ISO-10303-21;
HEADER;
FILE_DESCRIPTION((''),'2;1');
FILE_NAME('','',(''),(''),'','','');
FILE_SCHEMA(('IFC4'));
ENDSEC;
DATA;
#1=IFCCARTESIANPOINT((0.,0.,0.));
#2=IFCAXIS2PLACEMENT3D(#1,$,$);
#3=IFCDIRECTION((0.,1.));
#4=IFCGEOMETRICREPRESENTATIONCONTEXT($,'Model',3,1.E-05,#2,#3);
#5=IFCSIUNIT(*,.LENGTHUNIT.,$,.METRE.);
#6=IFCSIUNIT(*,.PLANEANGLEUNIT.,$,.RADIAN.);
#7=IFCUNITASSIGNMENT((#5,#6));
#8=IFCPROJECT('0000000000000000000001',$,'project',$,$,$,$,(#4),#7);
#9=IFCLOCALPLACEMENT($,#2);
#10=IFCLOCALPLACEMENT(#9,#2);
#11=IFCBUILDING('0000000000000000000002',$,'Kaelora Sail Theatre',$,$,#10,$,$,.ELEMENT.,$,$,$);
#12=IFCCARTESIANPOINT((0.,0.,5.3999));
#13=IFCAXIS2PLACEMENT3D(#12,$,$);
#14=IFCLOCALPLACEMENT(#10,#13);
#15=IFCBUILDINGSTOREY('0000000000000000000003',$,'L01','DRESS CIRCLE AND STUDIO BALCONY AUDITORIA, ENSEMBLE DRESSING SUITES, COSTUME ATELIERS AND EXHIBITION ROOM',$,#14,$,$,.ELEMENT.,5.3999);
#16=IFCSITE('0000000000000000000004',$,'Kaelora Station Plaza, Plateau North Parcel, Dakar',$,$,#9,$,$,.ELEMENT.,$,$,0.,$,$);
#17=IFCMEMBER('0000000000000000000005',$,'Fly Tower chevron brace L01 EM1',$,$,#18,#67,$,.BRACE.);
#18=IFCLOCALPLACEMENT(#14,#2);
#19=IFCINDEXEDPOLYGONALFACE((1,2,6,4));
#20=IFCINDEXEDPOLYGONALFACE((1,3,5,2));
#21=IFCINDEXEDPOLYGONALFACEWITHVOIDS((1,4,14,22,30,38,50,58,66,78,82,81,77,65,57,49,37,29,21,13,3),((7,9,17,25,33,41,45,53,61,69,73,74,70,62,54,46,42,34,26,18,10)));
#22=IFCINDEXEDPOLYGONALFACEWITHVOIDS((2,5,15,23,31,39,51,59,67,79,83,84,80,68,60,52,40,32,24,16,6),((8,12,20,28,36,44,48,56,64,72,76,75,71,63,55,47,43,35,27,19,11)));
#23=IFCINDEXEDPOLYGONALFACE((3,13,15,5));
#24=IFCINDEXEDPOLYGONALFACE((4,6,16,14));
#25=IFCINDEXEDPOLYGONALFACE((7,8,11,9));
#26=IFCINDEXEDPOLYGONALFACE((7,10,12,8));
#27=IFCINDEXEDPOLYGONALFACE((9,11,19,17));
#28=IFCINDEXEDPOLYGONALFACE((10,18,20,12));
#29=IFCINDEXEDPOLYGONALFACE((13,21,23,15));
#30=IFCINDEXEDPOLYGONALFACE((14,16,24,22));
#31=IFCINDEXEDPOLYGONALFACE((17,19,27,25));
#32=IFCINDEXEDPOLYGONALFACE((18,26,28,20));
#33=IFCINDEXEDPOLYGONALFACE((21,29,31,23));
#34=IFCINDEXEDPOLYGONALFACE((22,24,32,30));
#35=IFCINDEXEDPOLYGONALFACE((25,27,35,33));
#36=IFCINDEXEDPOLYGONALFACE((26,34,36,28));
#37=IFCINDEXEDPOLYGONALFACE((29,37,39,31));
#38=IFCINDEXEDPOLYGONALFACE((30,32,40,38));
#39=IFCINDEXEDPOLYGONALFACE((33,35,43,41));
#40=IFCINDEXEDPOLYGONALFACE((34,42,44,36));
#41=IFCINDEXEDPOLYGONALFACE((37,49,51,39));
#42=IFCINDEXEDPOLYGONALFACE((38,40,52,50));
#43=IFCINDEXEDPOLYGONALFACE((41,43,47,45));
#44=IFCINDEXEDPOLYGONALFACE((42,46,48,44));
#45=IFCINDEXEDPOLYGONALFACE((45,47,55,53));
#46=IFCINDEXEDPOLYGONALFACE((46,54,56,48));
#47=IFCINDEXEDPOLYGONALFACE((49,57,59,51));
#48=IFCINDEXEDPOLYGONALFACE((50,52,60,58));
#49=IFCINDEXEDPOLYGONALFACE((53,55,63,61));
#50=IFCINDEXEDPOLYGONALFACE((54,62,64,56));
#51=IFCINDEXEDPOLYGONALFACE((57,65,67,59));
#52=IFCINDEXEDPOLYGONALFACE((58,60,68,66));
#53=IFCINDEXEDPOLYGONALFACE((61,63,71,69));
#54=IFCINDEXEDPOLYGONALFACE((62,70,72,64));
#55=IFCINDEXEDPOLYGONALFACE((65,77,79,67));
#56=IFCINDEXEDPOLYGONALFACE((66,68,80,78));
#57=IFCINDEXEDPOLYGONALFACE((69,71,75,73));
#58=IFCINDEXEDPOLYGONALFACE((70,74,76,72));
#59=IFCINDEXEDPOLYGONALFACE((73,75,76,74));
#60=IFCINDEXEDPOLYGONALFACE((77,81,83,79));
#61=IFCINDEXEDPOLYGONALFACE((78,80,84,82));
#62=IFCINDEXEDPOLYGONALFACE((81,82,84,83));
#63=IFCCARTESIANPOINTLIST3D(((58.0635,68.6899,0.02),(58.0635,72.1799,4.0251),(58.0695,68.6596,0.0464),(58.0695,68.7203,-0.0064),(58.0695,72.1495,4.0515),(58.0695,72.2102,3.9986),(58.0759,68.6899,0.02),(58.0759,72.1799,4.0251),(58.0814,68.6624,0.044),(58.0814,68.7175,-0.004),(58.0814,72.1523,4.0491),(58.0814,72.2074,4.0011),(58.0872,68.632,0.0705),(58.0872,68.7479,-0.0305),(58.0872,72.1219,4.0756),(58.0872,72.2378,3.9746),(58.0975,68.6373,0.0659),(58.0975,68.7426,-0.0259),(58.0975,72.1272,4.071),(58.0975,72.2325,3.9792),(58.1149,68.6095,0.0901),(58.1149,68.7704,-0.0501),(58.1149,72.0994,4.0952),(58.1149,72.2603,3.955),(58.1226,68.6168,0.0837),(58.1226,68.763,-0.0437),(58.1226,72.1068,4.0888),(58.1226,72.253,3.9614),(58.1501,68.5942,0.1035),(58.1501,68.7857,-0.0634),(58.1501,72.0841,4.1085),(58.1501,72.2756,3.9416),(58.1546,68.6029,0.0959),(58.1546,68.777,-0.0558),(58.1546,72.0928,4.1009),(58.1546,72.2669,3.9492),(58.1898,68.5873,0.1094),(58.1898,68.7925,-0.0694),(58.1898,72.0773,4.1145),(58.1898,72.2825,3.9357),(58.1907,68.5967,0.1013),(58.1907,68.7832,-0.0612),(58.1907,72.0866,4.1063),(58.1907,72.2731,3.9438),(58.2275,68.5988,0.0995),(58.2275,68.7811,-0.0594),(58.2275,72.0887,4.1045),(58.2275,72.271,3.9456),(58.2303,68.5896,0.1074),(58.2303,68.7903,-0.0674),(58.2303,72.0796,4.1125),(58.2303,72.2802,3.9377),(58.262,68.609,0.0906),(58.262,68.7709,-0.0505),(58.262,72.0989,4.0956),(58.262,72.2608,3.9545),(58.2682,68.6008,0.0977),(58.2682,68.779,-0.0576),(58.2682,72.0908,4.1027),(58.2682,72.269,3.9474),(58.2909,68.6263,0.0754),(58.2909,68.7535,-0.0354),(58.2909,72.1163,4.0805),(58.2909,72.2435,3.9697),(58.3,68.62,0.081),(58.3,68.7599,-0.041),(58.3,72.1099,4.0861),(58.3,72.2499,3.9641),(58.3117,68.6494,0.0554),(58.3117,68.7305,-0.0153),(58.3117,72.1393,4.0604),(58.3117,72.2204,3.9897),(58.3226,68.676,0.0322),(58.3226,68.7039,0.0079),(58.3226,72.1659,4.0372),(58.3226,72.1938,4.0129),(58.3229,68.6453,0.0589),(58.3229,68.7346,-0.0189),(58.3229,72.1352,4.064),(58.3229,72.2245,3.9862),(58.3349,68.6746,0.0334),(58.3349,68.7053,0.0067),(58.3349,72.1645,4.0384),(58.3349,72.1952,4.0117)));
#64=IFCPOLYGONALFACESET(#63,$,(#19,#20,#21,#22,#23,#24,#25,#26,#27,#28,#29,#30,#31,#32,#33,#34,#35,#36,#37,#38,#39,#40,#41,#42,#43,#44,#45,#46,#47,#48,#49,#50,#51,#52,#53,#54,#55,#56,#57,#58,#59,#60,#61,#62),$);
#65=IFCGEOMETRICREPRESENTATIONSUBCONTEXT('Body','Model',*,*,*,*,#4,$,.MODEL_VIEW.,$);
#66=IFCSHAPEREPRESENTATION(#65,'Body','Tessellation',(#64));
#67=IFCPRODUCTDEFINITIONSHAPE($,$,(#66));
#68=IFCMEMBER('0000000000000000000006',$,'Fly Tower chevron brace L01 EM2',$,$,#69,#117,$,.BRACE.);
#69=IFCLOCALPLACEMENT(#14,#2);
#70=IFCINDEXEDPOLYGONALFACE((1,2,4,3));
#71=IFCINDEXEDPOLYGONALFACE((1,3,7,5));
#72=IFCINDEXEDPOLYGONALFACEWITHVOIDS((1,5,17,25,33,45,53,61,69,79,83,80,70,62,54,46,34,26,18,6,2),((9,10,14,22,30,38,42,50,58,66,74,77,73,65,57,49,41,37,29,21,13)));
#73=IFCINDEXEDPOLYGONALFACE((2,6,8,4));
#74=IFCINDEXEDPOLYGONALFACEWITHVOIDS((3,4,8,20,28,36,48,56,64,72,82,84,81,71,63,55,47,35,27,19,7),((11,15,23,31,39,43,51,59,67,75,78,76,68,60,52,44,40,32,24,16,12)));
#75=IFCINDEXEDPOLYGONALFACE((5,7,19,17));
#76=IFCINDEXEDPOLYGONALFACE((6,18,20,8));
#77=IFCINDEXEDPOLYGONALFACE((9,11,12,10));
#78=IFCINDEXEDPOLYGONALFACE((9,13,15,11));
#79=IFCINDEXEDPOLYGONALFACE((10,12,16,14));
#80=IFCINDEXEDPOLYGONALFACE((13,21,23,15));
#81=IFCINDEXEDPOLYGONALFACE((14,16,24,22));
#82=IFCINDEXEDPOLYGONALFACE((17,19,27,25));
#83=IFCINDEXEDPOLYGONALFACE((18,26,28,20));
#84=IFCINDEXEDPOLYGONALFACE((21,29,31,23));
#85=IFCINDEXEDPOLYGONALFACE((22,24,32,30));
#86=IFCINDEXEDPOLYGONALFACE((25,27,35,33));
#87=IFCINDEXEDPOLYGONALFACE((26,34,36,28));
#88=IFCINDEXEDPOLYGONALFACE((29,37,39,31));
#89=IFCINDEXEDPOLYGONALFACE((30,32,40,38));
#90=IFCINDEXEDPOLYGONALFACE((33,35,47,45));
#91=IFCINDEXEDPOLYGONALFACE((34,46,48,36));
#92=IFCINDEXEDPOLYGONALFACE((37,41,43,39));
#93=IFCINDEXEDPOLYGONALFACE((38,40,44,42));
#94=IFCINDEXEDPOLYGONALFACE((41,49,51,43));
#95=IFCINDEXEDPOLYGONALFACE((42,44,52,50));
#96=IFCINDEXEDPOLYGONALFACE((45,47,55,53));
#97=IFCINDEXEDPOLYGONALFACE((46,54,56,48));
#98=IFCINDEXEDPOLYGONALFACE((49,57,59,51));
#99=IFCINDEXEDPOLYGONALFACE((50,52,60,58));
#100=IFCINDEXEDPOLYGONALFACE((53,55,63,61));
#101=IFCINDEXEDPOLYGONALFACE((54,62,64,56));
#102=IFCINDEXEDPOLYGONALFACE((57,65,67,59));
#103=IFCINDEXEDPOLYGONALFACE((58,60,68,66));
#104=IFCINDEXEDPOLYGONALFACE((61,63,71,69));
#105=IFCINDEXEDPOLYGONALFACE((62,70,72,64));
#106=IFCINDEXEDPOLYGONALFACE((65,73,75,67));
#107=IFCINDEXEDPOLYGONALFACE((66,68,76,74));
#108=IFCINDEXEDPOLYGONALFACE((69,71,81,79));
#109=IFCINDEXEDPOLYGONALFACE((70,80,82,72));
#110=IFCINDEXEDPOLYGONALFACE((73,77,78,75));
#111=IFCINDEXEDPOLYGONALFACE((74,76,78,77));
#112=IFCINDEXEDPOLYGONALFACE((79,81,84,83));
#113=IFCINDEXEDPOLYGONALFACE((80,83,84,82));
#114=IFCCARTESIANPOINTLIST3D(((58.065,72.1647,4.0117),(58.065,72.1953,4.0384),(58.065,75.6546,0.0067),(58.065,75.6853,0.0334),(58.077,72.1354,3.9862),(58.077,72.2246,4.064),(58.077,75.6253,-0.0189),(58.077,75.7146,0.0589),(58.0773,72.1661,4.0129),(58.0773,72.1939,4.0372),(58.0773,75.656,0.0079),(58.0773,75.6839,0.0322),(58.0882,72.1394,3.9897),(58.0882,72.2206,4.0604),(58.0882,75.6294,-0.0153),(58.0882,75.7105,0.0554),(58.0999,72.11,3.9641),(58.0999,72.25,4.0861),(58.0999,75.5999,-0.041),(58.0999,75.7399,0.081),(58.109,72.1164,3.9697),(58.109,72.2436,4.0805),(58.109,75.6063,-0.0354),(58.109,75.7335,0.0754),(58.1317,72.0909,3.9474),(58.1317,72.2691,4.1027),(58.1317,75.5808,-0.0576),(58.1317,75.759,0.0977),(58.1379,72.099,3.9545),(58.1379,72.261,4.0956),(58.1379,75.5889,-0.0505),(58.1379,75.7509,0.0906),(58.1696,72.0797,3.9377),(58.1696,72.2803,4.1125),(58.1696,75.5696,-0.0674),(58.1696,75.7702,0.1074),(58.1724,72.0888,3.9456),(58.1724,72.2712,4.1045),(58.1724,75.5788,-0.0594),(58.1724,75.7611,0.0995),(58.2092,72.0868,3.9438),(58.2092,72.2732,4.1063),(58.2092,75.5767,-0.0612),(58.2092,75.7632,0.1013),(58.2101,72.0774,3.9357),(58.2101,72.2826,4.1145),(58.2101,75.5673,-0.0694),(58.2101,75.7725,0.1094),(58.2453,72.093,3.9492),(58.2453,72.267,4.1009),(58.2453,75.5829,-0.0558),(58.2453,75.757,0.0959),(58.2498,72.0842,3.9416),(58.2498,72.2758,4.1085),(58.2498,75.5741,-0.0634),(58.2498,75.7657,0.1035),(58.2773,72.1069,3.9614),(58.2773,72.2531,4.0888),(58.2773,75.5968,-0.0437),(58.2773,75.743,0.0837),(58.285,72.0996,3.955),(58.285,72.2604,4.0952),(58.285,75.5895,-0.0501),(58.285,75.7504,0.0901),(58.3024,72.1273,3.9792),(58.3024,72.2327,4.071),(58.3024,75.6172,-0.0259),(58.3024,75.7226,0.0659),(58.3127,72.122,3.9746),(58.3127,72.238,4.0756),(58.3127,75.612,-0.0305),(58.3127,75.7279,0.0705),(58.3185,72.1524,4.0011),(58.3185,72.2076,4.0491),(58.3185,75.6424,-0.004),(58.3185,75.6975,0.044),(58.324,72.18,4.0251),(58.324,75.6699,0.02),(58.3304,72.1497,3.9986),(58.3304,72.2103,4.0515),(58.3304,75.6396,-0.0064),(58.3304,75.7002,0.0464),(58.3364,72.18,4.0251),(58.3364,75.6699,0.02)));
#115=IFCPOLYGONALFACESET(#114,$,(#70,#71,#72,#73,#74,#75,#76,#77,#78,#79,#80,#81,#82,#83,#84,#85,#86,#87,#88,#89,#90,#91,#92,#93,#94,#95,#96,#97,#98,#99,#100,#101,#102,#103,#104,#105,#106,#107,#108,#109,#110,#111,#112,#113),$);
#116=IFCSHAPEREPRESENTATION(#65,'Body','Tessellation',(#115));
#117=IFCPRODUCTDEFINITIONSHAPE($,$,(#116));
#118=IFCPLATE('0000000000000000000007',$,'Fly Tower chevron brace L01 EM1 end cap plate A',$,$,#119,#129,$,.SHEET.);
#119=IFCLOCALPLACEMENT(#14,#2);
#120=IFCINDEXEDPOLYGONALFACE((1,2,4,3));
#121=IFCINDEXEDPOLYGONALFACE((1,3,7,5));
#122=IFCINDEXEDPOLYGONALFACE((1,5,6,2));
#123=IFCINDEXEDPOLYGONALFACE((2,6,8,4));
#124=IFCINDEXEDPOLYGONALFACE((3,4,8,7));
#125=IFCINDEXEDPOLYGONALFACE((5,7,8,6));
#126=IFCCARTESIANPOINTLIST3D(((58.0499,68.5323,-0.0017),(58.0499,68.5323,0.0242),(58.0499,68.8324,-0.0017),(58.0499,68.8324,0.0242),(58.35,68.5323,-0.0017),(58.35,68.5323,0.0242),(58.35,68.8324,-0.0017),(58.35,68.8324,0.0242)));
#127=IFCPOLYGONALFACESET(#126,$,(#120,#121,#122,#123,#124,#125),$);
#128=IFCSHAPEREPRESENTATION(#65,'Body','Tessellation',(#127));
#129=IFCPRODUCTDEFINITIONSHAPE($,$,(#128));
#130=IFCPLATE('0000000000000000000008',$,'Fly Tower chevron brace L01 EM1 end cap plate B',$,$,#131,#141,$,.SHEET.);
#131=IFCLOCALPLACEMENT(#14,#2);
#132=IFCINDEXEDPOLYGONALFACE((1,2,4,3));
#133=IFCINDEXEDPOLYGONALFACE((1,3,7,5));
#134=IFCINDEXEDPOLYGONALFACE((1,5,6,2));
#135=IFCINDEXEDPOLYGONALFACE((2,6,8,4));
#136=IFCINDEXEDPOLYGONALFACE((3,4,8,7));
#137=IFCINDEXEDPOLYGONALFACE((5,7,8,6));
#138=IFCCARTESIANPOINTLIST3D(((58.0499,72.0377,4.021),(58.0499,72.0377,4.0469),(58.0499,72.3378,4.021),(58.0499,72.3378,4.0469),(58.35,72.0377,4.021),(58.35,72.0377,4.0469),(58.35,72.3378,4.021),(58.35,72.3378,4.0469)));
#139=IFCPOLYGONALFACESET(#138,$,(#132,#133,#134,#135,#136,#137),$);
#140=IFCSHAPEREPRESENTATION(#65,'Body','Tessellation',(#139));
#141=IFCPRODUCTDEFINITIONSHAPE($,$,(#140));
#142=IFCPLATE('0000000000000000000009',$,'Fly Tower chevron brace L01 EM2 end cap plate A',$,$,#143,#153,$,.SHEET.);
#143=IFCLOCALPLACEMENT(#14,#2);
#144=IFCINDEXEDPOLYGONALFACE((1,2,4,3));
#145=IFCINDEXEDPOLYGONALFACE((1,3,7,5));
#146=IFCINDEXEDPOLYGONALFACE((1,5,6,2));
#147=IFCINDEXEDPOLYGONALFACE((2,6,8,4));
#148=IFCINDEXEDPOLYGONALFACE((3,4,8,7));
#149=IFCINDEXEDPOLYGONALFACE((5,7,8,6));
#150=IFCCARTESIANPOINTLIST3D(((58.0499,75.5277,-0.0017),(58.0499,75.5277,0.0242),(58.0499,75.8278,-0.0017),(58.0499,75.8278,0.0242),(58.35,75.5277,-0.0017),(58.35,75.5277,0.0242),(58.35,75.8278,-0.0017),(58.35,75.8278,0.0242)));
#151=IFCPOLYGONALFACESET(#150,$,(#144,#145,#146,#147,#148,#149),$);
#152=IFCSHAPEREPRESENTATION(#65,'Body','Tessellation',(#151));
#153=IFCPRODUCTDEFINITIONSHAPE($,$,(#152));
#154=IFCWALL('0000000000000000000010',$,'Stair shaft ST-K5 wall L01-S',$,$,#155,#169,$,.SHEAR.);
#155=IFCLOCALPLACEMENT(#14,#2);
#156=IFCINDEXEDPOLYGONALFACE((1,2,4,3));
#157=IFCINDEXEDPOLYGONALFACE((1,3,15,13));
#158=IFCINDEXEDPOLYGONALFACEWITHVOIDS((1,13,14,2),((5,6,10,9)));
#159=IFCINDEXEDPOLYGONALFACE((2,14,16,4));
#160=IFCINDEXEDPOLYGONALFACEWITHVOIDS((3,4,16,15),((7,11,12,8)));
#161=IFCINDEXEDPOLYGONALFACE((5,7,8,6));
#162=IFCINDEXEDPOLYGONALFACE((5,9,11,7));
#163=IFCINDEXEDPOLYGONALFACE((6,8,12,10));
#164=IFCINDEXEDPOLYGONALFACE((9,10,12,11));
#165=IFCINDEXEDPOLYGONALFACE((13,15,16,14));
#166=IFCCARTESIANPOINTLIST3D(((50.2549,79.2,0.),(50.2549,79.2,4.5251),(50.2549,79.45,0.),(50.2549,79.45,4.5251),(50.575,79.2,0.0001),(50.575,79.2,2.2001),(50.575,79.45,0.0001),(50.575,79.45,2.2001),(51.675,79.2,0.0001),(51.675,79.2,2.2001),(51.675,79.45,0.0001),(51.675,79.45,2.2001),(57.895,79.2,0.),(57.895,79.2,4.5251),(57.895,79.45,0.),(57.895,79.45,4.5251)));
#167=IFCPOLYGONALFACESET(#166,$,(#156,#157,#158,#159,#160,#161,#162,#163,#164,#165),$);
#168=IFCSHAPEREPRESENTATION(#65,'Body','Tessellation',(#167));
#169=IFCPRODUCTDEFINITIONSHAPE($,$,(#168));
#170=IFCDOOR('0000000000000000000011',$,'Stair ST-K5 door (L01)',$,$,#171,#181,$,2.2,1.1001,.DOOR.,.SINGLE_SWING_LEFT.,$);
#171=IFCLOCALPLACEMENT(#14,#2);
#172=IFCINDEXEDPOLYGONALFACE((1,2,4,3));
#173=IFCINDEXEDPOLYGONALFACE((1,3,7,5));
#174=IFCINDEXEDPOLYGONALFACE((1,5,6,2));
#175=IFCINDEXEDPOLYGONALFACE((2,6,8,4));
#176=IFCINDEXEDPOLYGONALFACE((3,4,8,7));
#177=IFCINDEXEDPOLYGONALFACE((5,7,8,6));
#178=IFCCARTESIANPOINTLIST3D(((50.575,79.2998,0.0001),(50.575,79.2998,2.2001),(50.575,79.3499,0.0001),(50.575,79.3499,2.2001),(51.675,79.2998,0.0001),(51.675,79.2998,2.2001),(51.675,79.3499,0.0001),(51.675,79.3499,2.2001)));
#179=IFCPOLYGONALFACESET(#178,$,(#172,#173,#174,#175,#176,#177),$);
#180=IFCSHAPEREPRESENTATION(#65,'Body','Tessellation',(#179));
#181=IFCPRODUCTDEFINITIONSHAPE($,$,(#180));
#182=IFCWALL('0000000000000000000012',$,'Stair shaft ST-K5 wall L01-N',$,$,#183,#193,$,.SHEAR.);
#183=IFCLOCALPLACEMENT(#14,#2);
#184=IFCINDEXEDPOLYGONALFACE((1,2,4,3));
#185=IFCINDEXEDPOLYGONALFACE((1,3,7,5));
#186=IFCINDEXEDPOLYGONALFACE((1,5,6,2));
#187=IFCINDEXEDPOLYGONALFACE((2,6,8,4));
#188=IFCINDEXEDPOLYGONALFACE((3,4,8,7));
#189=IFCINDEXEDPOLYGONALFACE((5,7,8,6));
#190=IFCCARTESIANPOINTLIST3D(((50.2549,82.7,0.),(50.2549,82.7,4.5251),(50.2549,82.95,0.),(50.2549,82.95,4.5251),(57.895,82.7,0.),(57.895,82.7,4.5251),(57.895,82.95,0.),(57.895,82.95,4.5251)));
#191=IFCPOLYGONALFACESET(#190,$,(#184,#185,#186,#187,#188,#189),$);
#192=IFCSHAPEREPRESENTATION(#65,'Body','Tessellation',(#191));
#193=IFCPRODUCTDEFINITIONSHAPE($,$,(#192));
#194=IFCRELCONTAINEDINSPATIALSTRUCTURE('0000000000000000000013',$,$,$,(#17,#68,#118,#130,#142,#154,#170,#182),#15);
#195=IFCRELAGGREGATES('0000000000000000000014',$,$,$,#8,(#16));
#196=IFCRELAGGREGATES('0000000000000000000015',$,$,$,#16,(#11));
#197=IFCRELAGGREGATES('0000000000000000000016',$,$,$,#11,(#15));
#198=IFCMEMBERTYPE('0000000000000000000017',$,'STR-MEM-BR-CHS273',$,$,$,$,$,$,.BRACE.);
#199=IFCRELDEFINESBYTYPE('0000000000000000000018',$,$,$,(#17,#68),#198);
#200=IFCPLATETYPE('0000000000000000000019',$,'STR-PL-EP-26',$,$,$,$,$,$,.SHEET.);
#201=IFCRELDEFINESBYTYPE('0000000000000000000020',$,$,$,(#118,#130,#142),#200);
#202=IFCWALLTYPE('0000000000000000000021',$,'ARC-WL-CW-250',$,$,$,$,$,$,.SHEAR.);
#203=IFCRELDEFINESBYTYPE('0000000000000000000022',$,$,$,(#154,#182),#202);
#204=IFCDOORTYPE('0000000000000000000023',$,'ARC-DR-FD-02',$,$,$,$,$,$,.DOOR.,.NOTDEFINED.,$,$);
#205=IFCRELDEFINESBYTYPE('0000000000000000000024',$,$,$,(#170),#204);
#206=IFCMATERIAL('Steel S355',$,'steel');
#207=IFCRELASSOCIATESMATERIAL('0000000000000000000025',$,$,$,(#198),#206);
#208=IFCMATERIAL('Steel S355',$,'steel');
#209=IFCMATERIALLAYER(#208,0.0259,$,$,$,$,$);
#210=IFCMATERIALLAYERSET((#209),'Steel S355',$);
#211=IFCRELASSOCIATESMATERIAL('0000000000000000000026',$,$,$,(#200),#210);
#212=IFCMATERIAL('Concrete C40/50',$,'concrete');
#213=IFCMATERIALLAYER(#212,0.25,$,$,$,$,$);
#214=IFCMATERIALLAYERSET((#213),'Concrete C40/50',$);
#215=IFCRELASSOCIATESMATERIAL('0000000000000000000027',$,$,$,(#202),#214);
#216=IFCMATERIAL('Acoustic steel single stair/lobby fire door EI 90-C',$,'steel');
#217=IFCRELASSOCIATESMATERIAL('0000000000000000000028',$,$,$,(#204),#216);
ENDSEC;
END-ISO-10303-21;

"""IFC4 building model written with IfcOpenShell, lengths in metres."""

from ifc_helpers import new_model, si_unit, direction, frame, frame_2d, origin, origin_2d, place, context, subcontext, project, spatial, rectangle, hollow_circle, extrude, material, layer, layer_set, material_profile, profile_set, type_object, element, fill, save


model = new_model("IFC4")

# Units and contexts
model_context = context("Model", 3, precision=1e-05, world=origin(), true_north=direction((0.0, 1.0)))
body_context = subcontext(model_context, "Body", "Model", "MODEL_VIEW")
ifc_project = project(units=[si_unit("LENGTHUNIT", "METRE"), si_unit("PLANEANGLEUNIT", "RADIAN")], contexts=[model_context])

# Site, building, storey
site_placement = place(None, origin())
site = spatial("IfcSite", under=ifc_project, at=site_placement, Name="Kaelora Station Plaza, Plateau North Parcel, Dakar", CompositionType="ELEMENT", RefElevation=0.0)
building_placement = place(site_placement, origin())
building = spatial("IfcBuilding", under=site, at=building_placement, Name="Kaelora Sail Theatre", CompositionType="ELEMENT")
storey_placement = place(building_placement, frame((0.0, 0.0, 5.3999)))
storey = spatial("IfcBuildingStorey", under=building, at=storey_placement, Name="L01", Description="DRESS CIRCLE AND STUDIO BALCONY AUDITORIA, ENSEMBLE DRESSING SUITES, COSTUME ATELIERS AND EXHIBITION ROOM", CompositionType="ELEMENT", Elevation=5.3999)

# Members
ifc_material_1 = material(Name="Steel S355", Category="steel")
ifc_material_profile_1 = material_profile(ifc_material_1, hollow_circle(Radius=0.1365, WallThickness=0.0125, at=origin_2d()), Name="CHS 273.0x12.5")
ifc_profile_set_1 = profile_set([ifc_material_profile_1], Name="Steel S355")
member_type = type_object("IfcMemberType", Name="STR-MEM-BR-CHS273", PredefinedType="BRACE", material=ifc_profile_set_1)
for number, where, z_axis, x_axis, name in (
    (1, (58.2, 68.6899, 0.02), (0.0, 0.656958, 0.753927), (-1.0, 0.0, 0.0), "Fly Tower chevron brace L01 EM1"),
    (2, (58.2, 75.6699, 0.02), (0.0, -0.656958, 0.753927), (1.0, 0.0, 0.0), "Fly Tower chevron brace L01 EM2"),
):
    element("IfcMember", number, at=place(storey_placement, frame(where, z_axis=z_axis, x_axis=x_axis)), inside=storey, type_object=member_type, Name=name, PredefinedType="BRACE", context=body_context, shape_type="SweptSolid", body=[
        extrude(hollow_circle(Radius=0.1365, WallThickness=0.0125, at=origin_2d()), origin(), (0.0, 0.0, 1.0), 5.3123),
    ])

# Plates
ifc_material_2 = material(Name="Steel S355", Category="steel")
ifc_layer_1 = layer(ifc_material_2, 0.0259)
ifc_layer_set_1 = layer_set([ifc_layer_1], Name="Steel S355")
plate_type = type_object("IfcPlateType", Name="STR-PL-EP-26", PredefinedType="SHEET", material=ifc_layer_set_1)
for number, where, z_axis, x_axis, name in (
    (3, (58.2, 68.6824, -0.0017), (0.0, 0.0, 1.0), (1.0, 0.0, 0.0), "Fly Tower chevron brace L01 EM1 end cap plate A"),
    (4, (58.2, 72.1877, 4.021), (0.0, 0.0, 1.0), (1.0, 0.0, 0.0), "Fly Tower chevron brace L01 EM1 end cap plate B"),
    (5, (58.2, 75.6777, -0.0017), (0.0, 0.0, 1.0), (1.0, 0.0, 0.0), "Fly Tower chevron brace L01 EM2 end cap plate A"),
):
    element("IfcPlate", number, at=place(storey_placement, frame(where, z_axis=z_axis, x_axis=x_axis)), inside=storey, type_object=plate_type, Name=name, PredefinedType="SHEET", context=body_context, shape_type="SweptSolid", body=[
        extrude(rectangle(XDim=0.3, YDim=0.3, at=origin_2d()), origin(), (0.0, 0.0, 1.0), 0.0259),
    ])

# Wall, opening, door
ifc_material_3 = material(Name="Concrete C40/50", Category="concrete")
ifc_layer_2 = layer(ifc_material_3, 0.25)
ifc_layer_set_2 = layer_set([ifc_layer_2], Name="Concrete C40/50")
wall_type_1 = type_object("IfcWallType", Name="ARC-WL-CW-250", PredefinedType="SHEAR", material=ifc_layer_set_2)
wall_1_placement = place(storey_placement, frame((50.2549, 79.325, 0.0), z_axis=(0.0, 0.0, 1.0), x_axis=(1.0, 0.0, 0.0)))
wall_1 = element("IfcWall", 6, at=wall_1_placement, inside=storey, type_object=wall_type_1, Name="Stair shaft ST-K5 wall L01-S", PredefinedType="SHEAR", context=body_context, shape_type="SweptSolid", body=[
    extrude(rectangle(XDim=7.6401, YDim=0.25, at=frame_2d((3.8201, 0.0))), origin(), (0.0, 0.0, 1.0), 4.5251),
])
opening_1_placement = place(wall_1_placement, frame((0.3201, 0.0, 0.0)))
opening_1 = element("IfcOpeningElement", 7, at=opening_1_placement, cuts=wall_1, PredefinedType="OPENING", context=body_context, shape_type="SweptSolid", body=[
    extrude(rectangle(XDim=1.1001, YDim=2.2, at=frame_2d((0.55, 1.1001))), frame((0.0, 0.135, 0.0), z_axis=(0.0, -1.0, 0.0), x_axis=(1.0, 0.0, 0.0)), (0.0, 0.0, 1.0), 0.27),
])
ifc_material_4 = material(Name="Acoustic steel single stair/lobby fire door EI 90-C", Category="steel")
door_type_1 = type_object("IfcDoorType", Name="ARC-DR-FD-02", OperationType="NOTDEFINED", PredefinedType="DOOR", material=ifc_material_4)
door_1_placement = place(opening_1_placement, origin())
door_1 = element("IfcDoor", 8, at=door_1_placement, inside=storey, type_object=door_type_1, Name="Stair ST-K5 door (L01)", OperationType="SINGLE_SWING_LEFT", OverallHeight=2.2, OverallWidth=1.1001, PredefinedType="DOOR", context=body_context, shape_type="SweptSolid", body=[
    extrude(rectangle(XDim=1.1001, YDim=2.2, at=frame_2d((0.55, 1.1001))), frame((0.0, 0.0249, 0.0), z_axis=(0.0, -1.0, 0.0), x_axis=(1.0, 0.0, 0.0)), (0.0, 0.0, 1.0), 0.05),
])
fill(opening_1, door_1)

# Wall
wall_2_placement = place(storey_placement, frame((50.2549, 82.825, 0.0), z_axis=(0.0, 0.0, 1.0), x_axis=(1.0, 0.0, 0.0)))
element("IfcWall", 9, at=wall_2_placement, inside=storey, type_object=wall_type_1, Name="Stair shaft ST-K5 wall L01-N", PredefinedType="SHEAR", context=body_context, shape_type="SweptSolid", body=[
    extrude(rectangle(XDim=7.6401, YDim=0.25, at=frame_2d((3.8201, 0.0))), origin(), (0.0, 0.0, 1.0), 4.5251),
])

save(model, "model.ifc")
